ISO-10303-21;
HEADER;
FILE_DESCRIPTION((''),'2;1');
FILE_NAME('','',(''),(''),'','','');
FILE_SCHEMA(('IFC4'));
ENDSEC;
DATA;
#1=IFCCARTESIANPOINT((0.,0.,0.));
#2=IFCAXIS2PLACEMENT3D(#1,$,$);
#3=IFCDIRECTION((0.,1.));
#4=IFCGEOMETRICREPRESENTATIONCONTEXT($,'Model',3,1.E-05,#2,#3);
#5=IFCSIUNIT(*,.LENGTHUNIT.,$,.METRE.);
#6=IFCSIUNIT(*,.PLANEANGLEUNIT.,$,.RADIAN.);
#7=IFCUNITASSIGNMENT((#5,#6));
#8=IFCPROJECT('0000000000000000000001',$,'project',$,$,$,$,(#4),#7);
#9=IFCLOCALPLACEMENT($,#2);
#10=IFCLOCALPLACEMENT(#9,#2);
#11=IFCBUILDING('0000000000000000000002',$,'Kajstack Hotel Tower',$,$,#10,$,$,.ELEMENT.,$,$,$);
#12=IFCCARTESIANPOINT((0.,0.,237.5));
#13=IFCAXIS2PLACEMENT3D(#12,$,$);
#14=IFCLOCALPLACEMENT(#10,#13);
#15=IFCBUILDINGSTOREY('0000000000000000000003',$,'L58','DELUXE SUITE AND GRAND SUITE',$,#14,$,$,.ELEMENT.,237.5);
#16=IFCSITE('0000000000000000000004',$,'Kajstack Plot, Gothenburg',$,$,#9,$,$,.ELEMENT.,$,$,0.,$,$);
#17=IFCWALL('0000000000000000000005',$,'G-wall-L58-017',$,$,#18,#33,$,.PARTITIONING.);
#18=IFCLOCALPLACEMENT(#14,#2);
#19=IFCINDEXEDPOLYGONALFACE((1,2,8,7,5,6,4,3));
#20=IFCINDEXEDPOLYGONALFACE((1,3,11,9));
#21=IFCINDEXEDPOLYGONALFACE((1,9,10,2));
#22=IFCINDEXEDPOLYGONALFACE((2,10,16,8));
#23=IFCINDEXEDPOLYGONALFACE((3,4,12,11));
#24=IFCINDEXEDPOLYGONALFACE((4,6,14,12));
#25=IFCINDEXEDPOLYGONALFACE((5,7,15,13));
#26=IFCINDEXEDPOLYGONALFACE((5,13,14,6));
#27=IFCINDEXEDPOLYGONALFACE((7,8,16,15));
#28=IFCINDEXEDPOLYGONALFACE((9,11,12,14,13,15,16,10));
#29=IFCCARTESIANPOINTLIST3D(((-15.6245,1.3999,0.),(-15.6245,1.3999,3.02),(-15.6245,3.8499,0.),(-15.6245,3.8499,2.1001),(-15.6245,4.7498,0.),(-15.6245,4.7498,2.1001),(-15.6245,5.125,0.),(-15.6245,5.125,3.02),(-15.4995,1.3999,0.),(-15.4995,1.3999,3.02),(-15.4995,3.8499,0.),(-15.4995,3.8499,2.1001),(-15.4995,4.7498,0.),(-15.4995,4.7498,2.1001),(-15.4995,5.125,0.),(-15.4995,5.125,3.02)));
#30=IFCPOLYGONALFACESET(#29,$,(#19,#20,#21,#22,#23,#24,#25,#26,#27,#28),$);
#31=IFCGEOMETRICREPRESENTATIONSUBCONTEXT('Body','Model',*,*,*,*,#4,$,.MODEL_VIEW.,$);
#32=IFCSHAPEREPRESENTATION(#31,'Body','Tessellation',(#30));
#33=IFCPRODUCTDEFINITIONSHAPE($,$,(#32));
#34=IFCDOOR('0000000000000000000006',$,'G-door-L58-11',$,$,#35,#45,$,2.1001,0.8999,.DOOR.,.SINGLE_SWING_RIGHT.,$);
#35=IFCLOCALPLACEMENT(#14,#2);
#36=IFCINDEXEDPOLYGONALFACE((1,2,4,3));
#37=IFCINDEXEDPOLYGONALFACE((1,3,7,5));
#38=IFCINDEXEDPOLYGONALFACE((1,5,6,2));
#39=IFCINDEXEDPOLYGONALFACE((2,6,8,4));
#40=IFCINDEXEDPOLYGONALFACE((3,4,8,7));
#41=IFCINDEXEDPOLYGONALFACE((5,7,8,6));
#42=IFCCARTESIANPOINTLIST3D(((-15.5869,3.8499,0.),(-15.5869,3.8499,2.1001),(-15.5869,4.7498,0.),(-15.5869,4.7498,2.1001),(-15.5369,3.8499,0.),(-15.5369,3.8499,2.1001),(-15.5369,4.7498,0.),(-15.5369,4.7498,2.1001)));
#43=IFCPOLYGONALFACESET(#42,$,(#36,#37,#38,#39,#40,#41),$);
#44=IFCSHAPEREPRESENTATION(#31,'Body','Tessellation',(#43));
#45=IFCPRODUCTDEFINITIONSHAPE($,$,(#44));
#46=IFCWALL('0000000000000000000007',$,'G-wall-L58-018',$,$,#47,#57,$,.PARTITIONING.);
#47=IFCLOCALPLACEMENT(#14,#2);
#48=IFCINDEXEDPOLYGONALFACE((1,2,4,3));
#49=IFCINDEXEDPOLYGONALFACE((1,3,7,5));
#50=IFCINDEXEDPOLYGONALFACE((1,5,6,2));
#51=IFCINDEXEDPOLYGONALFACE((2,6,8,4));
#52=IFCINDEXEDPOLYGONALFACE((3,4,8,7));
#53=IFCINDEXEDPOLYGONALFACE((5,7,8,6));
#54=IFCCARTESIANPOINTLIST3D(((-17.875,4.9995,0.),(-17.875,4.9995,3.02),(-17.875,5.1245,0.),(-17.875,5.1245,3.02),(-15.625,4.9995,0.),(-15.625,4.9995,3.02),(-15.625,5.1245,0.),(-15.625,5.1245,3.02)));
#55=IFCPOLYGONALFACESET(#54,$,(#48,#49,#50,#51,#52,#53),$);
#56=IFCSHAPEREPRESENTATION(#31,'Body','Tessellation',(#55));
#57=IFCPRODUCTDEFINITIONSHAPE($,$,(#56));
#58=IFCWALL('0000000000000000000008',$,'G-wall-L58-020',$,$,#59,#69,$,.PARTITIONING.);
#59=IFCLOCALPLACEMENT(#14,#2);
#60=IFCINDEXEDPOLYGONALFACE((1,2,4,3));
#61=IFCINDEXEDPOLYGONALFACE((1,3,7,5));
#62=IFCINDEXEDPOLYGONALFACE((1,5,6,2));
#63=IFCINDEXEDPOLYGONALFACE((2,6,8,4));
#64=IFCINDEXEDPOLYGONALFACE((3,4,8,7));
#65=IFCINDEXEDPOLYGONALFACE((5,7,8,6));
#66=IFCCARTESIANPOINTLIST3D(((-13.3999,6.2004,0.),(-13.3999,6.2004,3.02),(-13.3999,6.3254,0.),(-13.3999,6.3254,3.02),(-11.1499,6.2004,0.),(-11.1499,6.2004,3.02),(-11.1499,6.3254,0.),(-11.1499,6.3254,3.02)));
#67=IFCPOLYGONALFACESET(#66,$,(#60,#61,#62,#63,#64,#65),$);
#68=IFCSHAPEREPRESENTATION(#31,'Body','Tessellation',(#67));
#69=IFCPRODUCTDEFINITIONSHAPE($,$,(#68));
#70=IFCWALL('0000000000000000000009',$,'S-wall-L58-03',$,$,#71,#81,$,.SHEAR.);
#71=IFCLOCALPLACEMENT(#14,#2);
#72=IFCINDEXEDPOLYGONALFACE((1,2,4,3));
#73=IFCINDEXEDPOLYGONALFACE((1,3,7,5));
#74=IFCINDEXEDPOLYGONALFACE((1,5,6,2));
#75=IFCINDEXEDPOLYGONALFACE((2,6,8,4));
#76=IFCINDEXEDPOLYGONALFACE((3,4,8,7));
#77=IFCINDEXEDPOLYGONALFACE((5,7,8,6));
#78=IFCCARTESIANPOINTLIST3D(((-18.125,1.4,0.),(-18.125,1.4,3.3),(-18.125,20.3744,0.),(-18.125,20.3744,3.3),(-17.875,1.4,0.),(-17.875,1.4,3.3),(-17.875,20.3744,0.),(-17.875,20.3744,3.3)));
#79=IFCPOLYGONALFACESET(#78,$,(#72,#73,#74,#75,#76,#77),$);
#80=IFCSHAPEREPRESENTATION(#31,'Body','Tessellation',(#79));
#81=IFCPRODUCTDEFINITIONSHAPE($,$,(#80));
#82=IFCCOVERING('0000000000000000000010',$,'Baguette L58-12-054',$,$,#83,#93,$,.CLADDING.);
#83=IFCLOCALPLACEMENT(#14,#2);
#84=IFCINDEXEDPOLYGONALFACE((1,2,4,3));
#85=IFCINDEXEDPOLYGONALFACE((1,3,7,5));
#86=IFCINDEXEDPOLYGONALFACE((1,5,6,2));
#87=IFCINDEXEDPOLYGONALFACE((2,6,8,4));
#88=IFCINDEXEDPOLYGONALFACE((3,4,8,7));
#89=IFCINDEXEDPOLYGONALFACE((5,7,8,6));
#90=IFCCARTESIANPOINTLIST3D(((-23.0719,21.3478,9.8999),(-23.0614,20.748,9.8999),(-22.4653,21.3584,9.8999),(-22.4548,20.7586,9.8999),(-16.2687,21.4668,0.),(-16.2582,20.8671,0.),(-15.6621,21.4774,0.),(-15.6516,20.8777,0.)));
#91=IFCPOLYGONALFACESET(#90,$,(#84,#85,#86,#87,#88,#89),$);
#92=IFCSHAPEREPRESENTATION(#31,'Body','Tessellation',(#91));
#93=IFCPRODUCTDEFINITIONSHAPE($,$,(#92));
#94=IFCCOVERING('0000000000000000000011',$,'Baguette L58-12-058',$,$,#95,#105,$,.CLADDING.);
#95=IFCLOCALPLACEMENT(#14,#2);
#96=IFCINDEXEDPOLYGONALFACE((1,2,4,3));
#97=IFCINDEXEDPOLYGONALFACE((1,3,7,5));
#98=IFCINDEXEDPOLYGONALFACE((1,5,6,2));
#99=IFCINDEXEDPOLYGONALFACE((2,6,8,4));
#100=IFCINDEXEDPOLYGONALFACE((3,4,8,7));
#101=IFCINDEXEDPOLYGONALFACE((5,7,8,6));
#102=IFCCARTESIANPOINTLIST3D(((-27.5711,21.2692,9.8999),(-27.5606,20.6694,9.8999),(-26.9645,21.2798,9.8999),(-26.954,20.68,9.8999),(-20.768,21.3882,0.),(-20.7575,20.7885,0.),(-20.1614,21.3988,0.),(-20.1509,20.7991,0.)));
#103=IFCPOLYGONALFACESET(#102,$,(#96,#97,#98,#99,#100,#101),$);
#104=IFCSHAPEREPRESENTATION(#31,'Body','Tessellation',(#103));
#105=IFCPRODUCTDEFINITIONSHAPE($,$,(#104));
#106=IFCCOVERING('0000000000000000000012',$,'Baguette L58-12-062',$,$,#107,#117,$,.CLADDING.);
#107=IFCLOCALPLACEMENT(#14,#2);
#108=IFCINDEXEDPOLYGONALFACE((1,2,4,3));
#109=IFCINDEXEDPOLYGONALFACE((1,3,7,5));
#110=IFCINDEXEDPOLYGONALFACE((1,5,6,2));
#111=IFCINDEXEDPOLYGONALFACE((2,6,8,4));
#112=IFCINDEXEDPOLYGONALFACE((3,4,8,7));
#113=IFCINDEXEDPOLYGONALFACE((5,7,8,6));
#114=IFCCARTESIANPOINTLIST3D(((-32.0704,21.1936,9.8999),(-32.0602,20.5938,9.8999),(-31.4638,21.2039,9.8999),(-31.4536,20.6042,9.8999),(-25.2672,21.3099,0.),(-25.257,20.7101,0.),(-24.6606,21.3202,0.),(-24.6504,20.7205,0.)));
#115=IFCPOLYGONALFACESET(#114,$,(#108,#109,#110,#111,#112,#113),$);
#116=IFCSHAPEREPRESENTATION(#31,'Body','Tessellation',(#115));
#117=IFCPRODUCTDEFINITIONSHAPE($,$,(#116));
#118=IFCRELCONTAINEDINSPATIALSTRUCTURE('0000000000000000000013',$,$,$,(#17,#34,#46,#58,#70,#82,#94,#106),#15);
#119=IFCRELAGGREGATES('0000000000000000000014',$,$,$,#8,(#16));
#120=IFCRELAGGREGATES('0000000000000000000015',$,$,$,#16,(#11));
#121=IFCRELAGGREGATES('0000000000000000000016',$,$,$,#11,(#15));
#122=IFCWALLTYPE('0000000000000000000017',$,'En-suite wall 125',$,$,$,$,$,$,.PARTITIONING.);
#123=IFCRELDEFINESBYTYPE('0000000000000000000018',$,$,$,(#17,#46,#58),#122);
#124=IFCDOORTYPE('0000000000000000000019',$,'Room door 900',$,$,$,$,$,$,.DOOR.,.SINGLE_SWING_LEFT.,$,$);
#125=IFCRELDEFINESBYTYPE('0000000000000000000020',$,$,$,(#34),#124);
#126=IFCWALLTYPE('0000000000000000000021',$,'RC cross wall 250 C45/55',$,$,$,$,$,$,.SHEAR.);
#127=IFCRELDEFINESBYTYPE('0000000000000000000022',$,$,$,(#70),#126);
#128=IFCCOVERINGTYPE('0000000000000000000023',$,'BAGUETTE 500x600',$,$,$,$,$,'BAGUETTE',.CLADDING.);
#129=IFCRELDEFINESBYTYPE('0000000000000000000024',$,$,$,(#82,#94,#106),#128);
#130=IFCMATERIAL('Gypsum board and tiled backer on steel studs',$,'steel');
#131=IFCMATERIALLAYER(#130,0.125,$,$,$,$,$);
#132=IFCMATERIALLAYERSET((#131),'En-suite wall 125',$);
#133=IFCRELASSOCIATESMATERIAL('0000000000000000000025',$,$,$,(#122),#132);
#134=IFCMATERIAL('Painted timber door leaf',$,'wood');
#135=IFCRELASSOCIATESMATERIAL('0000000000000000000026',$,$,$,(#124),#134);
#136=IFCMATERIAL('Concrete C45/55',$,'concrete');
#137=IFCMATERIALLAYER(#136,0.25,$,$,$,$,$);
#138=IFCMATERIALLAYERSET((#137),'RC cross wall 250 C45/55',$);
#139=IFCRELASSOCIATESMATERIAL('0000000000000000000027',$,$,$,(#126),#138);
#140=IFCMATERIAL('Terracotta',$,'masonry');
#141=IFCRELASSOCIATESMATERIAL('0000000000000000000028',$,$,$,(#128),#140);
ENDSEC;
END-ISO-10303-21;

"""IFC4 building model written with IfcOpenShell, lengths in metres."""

from ifc_helpers import new_model, si_unit, direction, frame, frame_2d, origin, origin_2d, place, context, subcontext, project, spatial, polyline, rectangle, outline, extrude, material, layer, layer_set, material_profile, profile_set, type_object, element, fill, save


model = new_model("IFC4")

# Units and contexts
model_context = context("Model", 3, precision=1e-05, world=origin(), true_north=direction((0.0, 1.0)))
body_context = subcontext(model_context, "Body", "Model", "MODEL_VIEW")
ifc_project = project(units=[si_unit("LENGTHUNIT", "METRE"), si_unit("PLANEANGLEUNIT", "RADIAN")], contexts=[model_context])

# Site, building, storey
site_placement = place(None, origin())
site = spatial("IfcSite", under=ifc_project, at=site_placement, Name="Kajstack Plot, Gothenburg", CompositionType="ELEMENT", RefElevation=0.0)
building_placement = place(site_placement, origin())
building = spatial("IfcBuilding", under=site, at=building_placement, Name="Kajstack Hotel Tower", CompositionType="ELEMENT")
storey_placement = place(building_placement, frame((0.0, 0.0, 237.5)))
storey = spatial("IfcBuildingStorey", under=building, at=storey_placement, Name="L58", Description="DELUXE SUITE AND GRAND SUITE", CompositionType="ELEMENT", Elevation=237.5)

# Shared definitions
ifc_material_1 = material(Name="Gypsum board and tiled backer on steel studs", Category="steel")
ifc_layer_1 = layer(ifc_material_1, 0.125)
ifc_layer_set_1 = layer_set([ifc_layer_1], Name="En-suite wall 125")
wall_type_1 = type_object("IfcWallType", Name="En-suite wall 125", PredefinedType="PARTITIONING", material=ifc_layer_set_1)
ifc_material_2 = material(Name="Painted timber door leaf", Category="wood")
door_type_1 = type_object("IfcDoorType", Name="Room door 900", OperationType="SINGLE_SWING_LEFT", PredefinedType="DOOR", material=ifc_material_2)

# Wall, opening, door
wall_1_placement = place(storey_placement, frame((-15.562, 1.3999, 0.0), z_axis=(0.0, 0.0, 1.0), x_axis=(0.0, 1.0, 0.0)))
wall_1 = element("IfcWall", 1, at=wall_1_placement, inside=storey, type_object=wall_type_1, Name="G-wall-L58-017", PredefinedType="PARTITIONING", context=body_context, shape_type="SweptSolid", body=[
    extrude(rectangle(XDim=3.7251, YDim=0.125, at=frame_2d((1.8625, 0.0))), origin(), (0.0, 0.0, 1.0), 3.02),
])
opening_1_placement = place(wall_1_placement, frame((2.45, 0.0, 0.0)))
opening_1 = element("IfcOpeningElement", 2, at=opening_1_placement, cuts=wall_1, PredefinedType="OPENING", context=body_context, shape_type="SweptSolid", body=[
    extrude(rectangle(XDim=0.8999, YDim=2.1001, at=frame_2d((0.45, 1.05))), frame((0.0, 0.0725, 0.0), z_axis=(0.0, -1.0, 0.0), x_axis=(1.0, 0.0, 0.0)), (0.0, 0.0, 1.0), 0.145),
])
door_1_placement = place(opening_1_placement, origin())
door_1 = element("IfcDoor", 3, at=door_1_placement, inside=storey, type_object=door_type_1, Name="G-door-L58-11", OperationType="SINGLE_SWING_RIGHT", OverallHeight=2.1001, OverallWidth=0.8999, PredefinedType="DOOR", context=body_context, shape_type="SweptSolid", body=[
    extrude(rectangle(XDim=0.8999, YDim=2.1001, at=frame_2d((0.45, 1.05))), frame((0.0, 0.0249, 0.0), z_axis=(0.0, -1.0, 0.0), x_axis=(1.0, 0.0, 0.0)), (0.0, 0.0, 1.0), 0.05),
])
fill(opening_1, door_1)

# Walls
for number, where, z_axis, x_axis, name in (
    (4, (-17.875, 5.062, 0.0), (0.0, 0.0, 1.0), (1.0, 0.0, 0.0), "G-wall-L58-018"),
    (5, (-13.3999, 6.2629, 0.0), (0.0, 0.0, 1.0), (1.0, 0.0, 0.0), "G-wall-L58-020"),
):
    element("IfcWall", number, at=place(storey_placement, frame(where, z_axis=z_axis, x_axis=x_axis)), inside=storey, type_object=wall_type_1, Name=name, PredefinedType="PARTITIONING", context=body_context, shape_type="SweptSolid", body=[
        extrude(rectangle(XDim=2.25, YDim=0.125, at=frame_2d((1.125, 0.0))), origin(), (0.0, 0.0, 1.0), 3.02),
    ])
ifc_material_3 = material(Name="Concrete C45/55", Category="concrete")
ifc_layer_2 = layer(ifc_material_3, 0.25)
ifc_layer_set_2 = layer_set([ifc_layer_2], Name="RC cross wall 250 C45/55")
wall_type_2 = type_object("IfcWallType", Name="RC cross wall 250 C45/55", PredefinedType="SHEAR", material=ifc_layer_set_2)
wall_2_placement = place(storey_placement, frame((-18.0, 1.3999, 0.0), z_axis=(0.0, 0.0, 1.0), x_axis=(0.0, 1.0, 0.0)))
element("IfcWall", 6, at=wall_2_placement, inside=storey, type_object=wall_type_2, Name="S-wall-L58-03", PredefinedType="SHEAR", context=body_context, shape_type="SweptSolid", body=[
    extrude(rectangle(XDim=18.9744, YDim=0.25, at=frame_2d((9.4873, 0.0))), origin(), (0.0, 0.0, 1.0), 3.3),
])

# Coverings
ifc_material_4 = material(Name="Terracotta", Category="masonry")
ifc_material_profile = material_profile(ifc_material_4, rectangle(XDim=0.6001, YDim=0.5, at=origin_2d()), Name="Terracotta-clad concrete baguette 500 x 600")
ifc_profile_set = profile_set([ifc_material_profile], Name="Terracotta")
covering_type = type_object("IfcCoveringType", Name="BAGUETTE 500x600", ElementType="BAGUETTE", PredefinedType="CLADDING", material=ifc_profile_set)
for number, where, z_axis, x_axis, name in (
    (7, (-15.6516, 20.8777, 0.0), (-0.017498, 0.999847, 0.0), (-0.999847, -0.017498, 0.0), "Baguette L58-12-054"),
    (8, (-20.1509, 20.7991, 0.0), (-0.017498, 0.999847, 0.0), (-0.999847, -0.017498, 0.0), "Baguette L58-12-058"),
    (9, (-24.6504, 20.7205, 0.0), (-0.017092, 0.999854, 0.0), (-0.999854, -0.017092, 0.0), "Baguette L58-12-062"),
):
    element("IfcCovering", number, at=place(storey_placement, frame(where, z_axis=z_axis, x_axis=x_axis)), inside=storey, type_object=covering_type, Name=name, PredefinedType="CLADDING", context=body_context, shape_type="SweptSolid", body=[
        extrude(outline(polyline([(6.8042, 9.8999), (0.0, 0.0), (0.6067, 0.0), (7.4109, 9.8999), (6.8042, 9.8999)])), origin(), (0.0, 0.0, 1.0), 0.5999),
    ])

save(model, "model.ifc")
